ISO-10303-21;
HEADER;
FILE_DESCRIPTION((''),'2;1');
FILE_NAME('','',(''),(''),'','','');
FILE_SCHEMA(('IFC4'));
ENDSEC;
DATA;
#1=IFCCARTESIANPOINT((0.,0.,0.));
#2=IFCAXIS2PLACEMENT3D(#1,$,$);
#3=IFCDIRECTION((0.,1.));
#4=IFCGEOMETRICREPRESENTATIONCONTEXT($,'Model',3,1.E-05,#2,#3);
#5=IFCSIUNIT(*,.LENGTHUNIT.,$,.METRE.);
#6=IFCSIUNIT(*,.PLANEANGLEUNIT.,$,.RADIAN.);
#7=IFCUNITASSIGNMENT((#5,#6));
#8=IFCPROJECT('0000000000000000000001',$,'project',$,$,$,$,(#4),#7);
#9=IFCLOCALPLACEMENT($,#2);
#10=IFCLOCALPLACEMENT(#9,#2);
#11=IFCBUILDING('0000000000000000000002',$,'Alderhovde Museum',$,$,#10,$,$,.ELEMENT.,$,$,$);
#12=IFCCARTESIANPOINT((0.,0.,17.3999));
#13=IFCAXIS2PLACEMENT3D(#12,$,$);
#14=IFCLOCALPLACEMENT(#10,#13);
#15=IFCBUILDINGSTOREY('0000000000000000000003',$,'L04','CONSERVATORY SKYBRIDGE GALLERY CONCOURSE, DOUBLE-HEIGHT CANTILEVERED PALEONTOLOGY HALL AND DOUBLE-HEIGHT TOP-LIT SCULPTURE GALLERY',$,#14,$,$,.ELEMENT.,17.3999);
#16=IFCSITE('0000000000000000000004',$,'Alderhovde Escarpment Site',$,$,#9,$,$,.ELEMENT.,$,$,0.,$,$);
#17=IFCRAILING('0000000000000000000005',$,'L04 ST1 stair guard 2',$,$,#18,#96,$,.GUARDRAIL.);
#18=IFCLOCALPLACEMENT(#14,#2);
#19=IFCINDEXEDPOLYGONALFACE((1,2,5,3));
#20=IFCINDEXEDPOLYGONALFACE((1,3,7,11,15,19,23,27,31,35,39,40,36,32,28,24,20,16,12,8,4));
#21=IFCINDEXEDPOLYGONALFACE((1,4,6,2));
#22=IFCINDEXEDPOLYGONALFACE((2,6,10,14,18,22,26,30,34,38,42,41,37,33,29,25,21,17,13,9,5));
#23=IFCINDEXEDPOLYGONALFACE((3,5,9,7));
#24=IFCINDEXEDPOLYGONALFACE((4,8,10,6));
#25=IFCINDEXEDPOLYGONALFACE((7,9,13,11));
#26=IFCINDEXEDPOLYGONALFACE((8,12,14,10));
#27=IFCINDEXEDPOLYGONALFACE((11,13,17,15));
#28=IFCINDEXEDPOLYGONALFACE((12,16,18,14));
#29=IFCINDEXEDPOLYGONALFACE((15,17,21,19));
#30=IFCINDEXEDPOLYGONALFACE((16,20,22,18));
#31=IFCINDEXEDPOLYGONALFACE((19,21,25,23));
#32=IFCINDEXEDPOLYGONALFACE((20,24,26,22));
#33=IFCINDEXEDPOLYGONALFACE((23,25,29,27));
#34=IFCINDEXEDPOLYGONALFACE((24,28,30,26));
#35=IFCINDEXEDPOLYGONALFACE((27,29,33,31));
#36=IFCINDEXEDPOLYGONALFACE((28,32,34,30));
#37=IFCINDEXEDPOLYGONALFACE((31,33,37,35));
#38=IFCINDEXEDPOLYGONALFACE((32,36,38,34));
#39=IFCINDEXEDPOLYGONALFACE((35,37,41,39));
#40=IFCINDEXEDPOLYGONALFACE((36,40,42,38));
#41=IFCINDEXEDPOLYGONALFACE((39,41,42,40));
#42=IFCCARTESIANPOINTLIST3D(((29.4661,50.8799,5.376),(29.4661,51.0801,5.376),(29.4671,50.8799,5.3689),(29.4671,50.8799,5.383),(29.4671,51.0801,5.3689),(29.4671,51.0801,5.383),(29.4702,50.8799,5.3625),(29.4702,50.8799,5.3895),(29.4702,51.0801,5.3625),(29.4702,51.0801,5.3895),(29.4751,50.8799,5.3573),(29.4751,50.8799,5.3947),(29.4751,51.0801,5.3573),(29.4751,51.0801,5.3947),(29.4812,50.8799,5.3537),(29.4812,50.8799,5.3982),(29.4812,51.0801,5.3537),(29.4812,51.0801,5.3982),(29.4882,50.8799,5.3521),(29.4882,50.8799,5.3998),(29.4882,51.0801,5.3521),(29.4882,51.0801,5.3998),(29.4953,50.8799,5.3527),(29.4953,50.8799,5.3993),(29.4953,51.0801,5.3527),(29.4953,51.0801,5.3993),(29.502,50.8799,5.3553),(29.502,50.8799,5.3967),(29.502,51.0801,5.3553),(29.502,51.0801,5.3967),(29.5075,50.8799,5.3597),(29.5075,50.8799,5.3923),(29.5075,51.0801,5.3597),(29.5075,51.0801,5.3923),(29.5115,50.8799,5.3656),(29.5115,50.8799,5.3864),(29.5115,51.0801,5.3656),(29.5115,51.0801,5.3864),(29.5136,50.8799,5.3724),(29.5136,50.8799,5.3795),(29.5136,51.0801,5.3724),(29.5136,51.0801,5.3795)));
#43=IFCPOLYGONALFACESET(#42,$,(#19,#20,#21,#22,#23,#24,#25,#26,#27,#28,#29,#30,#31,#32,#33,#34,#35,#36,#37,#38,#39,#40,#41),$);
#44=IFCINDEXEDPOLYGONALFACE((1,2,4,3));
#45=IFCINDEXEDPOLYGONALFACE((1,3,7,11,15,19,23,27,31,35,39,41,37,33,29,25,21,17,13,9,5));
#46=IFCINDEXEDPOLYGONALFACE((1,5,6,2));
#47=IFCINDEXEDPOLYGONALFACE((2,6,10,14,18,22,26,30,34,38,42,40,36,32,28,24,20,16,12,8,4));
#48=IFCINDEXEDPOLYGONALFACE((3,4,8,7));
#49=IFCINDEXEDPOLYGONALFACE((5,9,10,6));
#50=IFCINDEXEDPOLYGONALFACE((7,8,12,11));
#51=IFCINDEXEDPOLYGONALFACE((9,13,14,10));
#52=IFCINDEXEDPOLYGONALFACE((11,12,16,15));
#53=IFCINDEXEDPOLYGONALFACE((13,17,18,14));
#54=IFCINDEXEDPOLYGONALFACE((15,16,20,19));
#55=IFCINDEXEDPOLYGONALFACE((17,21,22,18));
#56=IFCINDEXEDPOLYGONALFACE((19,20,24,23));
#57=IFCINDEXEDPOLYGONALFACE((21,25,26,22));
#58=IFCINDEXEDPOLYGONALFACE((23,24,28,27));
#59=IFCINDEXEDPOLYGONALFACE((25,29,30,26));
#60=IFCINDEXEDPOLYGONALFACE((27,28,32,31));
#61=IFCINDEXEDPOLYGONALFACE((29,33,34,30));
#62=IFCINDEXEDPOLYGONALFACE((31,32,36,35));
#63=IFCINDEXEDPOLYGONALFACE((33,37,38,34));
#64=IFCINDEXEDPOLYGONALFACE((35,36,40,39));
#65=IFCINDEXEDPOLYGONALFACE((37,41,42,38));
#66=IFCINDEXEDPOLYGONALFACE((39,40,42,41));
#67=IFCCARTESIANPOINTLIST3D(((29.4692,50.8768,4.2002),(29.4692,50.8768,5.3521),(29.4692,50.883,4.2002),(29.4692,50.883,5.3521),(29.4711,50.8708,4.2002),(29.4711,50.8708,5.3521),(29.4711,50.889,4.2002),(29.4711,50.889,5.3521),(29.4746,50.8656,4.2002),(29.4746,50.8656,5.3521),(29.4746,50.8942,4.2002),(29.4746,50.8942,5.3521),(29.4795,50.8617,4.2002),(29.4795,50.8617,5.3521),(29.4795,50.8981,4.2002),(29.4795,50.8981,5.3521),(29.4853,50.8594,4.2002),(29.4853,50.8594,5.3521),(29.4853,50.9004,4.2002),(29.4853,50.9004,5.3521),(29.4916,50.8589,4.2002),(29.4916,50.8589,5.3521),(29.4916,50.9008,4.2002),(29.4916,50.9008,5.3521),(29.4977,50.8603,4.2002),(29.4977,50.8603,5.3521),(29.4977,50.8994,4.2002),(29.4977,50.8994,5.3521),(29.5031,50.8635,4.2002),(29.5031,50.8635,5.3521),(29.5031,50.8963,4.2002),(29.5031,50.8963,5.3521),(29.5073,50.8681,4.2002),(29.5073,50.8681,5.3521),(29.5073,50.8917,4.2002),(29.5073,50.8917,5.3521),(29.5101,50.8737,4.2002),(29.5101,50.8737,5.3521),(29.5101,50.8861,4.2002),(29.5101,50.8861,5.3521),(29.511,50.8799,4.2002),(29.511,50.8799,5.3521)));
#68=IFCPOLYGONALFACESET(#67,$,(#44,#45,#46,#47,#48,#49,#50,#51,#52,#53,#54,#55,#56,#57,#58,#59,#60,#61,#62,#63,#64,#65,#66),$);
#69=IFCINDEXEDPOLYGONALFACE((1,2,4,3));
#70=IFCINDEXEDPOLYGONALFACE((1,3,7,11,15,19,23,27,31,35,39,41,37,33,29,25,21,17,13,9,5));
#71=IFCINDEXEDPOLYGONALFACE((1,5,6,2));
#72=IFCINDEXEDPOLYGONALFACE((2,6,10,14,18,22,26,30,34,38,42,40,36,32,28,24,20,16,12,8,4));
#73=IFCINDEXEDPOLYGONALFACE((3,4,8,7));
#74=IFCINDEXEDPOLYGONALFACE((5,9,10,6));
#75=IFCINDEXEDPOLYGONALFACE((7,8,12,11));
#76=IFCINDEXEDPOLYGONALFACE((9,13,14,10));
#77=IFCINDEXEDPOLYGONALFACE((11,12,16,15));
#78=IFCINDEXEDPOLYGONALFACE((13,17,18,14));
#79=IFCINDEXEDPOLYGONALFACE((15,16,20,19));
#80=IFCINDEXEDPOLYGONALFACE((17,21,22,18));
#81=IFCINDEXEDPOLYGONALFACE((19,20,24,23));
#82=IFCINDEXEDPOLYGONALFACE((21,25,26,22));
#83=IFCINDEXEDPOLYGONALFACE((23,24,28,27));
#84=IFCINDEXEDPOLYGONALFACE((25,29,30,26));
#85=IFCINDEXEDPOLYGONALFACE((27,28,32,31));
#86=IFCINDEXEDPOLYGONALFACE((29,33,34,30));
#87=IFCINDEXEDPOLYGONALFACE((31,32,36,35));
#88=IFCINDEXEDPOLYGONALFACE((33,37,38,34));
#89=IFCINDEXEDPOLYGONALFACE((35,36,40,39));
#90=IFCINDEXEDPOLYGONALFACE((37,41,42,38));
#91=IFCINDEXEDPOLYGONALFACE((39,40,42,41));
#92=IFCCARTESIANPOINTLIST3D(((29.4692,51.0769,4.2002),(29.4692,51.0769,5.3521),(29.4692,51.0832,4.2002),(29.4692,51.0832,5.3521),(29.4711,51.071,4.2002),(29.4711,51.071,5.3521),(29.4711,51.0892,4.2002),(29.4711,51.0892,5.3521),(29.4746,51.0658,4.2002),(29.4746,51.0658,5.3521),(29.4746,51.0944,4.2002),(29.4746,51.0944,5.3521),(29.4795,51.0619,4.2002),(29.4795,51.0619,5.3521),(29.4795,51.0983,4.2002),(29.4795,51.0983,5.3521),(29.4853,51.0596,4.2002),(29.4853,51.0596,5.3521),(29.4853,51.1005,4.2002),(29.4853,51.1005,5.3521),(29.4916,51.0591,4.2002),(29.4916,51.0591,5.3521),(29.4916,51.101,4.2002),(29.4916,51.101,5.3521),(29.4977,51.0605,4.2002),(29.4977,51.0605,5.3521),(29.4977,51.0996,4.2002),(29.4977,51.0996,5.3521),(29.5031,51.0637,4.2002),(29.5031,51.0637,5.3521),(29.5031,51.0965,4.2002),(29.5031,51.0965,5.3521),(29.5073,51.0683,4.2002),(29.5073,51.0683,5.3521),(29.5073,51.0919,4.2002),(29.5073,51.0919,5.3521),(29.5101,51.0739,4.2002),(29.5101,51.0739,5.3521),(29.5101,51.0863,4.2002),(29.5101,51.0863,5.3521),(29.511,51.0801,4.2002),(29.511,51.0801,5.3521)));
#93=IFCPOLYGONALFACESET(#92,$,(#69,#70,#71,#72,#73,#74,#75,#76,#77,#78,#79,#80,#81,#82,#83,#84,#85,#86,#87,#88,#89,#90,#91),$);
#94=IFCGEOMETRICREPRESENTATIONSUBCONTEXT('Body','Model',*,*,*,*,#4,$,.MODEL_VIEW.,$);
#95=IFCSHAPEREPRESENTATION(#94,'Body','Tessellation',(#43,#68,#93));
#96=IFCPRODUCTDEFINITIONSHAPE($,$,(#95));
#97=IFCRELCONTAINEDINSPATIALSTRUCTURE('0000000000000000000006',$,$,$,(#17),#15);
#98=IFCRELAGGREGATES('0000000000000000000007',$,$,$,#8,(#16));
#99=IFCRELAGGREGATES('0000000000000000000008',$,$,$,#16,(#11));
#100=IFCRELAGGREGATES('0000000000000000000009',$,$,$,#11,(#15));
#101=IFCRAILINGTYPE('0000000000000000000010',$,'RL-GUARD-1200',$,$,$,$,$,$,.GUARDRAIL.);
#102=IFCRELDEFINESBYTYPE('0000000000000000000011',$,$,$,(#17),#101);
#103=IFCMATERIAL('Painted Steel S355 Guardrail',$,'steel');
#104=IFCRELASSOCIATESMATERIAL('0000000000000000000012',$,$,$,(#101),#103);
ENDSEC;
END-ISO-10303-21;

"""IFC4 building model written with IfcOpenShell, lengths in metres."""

from ifc_helpers import new_model, si_unit, direction, frame, origin, origin_2d, place, context, subcontext, project, spatial, circle, extrude, material, type_object, element, save


model = new_model("IFC4")

# Units and contexts
model_context = context("Model", 3, precision=1e-05, world=origin(), true_north=direction((0.0, 1.0)))
body_context = subcontext(model_context, "Body", "Model", "MODEL_VIEW")
ifc_project = project(units=[si_unit("LENGTHUNIT", "METRE"), si_unit("PLANEANGLEUNIT", "RADIAN")], contexts=[model_context])

# Site, building, storey
site_placement = place(None, origin())
site = spatial("IfcSite", under=ifc_project, at=site_placement, Name="Alderhovde Escarpment Site", CompositionType="ELEMENT", RefElevation=0.0)
building_placement = place(site_placement, origin())
building = spatial("IfcBuilding", under=site, at=building_placement, Name="Alderhovde Museum", CompositionType="ELEMENT")
storey_placement = place(building_placement, frame((0.0, 0.0, 17.3999)))
storey = spatial("IfcBuildingStorey", under=building, at=storey_placement, Name="L04", Description="CONSERVATORY SKYBRIDGE GALLERY CONCOURSE, DOUBLE-HEIGHT CANTILEVERED PALEONTOLOGY HALL AND DOUBLE-HEIGHT TOP-LIT SCULPTURE GALLERY", CompositionType="ELEMENT", Elevation=17.3999)

# Railing
ifc_material_1 = material(Name="Painted Steel S355 Guardrail", Category="steel")
railing_type = type_object("IfcRailingType", Name="RL-GUARD-1200", PredefinedType="GUARDRAIL", material=ifc_material_1)
railing_placement = place(storey_placement, frame((29.49, 50.8799, 4.2002)))
element("IfcRailing", 1, at=railing_placement, inside=storey, type_object=railing_type, Name="L04 ST1 stair guard 2", PredefinedType="GUARDRAIL", context=body_context, shape_type="SweptSolid", body=[
    extrude(circle(Radius=0.0239, at=origin_2d()), frame((0.0, 0.0, 1.1758), z_axis=(0.0, 1.0, 0.0), x_axis=(-1.0, 0.0, 0.0)), (0.0, 0.0, 1.0), 0.2002),
    extrude(circle(Radius=0.021, at=origin_2d()), origin(), (0.0, 0.0, 1.0), 1.1519),
    extrude(circle(Radius=0.021, at=origin_2d()), frame((0.0, 0.2002, 0.0)), (0.0, 0.0, 1.0), 1.1519),
])

save(model, "model.ifc")
